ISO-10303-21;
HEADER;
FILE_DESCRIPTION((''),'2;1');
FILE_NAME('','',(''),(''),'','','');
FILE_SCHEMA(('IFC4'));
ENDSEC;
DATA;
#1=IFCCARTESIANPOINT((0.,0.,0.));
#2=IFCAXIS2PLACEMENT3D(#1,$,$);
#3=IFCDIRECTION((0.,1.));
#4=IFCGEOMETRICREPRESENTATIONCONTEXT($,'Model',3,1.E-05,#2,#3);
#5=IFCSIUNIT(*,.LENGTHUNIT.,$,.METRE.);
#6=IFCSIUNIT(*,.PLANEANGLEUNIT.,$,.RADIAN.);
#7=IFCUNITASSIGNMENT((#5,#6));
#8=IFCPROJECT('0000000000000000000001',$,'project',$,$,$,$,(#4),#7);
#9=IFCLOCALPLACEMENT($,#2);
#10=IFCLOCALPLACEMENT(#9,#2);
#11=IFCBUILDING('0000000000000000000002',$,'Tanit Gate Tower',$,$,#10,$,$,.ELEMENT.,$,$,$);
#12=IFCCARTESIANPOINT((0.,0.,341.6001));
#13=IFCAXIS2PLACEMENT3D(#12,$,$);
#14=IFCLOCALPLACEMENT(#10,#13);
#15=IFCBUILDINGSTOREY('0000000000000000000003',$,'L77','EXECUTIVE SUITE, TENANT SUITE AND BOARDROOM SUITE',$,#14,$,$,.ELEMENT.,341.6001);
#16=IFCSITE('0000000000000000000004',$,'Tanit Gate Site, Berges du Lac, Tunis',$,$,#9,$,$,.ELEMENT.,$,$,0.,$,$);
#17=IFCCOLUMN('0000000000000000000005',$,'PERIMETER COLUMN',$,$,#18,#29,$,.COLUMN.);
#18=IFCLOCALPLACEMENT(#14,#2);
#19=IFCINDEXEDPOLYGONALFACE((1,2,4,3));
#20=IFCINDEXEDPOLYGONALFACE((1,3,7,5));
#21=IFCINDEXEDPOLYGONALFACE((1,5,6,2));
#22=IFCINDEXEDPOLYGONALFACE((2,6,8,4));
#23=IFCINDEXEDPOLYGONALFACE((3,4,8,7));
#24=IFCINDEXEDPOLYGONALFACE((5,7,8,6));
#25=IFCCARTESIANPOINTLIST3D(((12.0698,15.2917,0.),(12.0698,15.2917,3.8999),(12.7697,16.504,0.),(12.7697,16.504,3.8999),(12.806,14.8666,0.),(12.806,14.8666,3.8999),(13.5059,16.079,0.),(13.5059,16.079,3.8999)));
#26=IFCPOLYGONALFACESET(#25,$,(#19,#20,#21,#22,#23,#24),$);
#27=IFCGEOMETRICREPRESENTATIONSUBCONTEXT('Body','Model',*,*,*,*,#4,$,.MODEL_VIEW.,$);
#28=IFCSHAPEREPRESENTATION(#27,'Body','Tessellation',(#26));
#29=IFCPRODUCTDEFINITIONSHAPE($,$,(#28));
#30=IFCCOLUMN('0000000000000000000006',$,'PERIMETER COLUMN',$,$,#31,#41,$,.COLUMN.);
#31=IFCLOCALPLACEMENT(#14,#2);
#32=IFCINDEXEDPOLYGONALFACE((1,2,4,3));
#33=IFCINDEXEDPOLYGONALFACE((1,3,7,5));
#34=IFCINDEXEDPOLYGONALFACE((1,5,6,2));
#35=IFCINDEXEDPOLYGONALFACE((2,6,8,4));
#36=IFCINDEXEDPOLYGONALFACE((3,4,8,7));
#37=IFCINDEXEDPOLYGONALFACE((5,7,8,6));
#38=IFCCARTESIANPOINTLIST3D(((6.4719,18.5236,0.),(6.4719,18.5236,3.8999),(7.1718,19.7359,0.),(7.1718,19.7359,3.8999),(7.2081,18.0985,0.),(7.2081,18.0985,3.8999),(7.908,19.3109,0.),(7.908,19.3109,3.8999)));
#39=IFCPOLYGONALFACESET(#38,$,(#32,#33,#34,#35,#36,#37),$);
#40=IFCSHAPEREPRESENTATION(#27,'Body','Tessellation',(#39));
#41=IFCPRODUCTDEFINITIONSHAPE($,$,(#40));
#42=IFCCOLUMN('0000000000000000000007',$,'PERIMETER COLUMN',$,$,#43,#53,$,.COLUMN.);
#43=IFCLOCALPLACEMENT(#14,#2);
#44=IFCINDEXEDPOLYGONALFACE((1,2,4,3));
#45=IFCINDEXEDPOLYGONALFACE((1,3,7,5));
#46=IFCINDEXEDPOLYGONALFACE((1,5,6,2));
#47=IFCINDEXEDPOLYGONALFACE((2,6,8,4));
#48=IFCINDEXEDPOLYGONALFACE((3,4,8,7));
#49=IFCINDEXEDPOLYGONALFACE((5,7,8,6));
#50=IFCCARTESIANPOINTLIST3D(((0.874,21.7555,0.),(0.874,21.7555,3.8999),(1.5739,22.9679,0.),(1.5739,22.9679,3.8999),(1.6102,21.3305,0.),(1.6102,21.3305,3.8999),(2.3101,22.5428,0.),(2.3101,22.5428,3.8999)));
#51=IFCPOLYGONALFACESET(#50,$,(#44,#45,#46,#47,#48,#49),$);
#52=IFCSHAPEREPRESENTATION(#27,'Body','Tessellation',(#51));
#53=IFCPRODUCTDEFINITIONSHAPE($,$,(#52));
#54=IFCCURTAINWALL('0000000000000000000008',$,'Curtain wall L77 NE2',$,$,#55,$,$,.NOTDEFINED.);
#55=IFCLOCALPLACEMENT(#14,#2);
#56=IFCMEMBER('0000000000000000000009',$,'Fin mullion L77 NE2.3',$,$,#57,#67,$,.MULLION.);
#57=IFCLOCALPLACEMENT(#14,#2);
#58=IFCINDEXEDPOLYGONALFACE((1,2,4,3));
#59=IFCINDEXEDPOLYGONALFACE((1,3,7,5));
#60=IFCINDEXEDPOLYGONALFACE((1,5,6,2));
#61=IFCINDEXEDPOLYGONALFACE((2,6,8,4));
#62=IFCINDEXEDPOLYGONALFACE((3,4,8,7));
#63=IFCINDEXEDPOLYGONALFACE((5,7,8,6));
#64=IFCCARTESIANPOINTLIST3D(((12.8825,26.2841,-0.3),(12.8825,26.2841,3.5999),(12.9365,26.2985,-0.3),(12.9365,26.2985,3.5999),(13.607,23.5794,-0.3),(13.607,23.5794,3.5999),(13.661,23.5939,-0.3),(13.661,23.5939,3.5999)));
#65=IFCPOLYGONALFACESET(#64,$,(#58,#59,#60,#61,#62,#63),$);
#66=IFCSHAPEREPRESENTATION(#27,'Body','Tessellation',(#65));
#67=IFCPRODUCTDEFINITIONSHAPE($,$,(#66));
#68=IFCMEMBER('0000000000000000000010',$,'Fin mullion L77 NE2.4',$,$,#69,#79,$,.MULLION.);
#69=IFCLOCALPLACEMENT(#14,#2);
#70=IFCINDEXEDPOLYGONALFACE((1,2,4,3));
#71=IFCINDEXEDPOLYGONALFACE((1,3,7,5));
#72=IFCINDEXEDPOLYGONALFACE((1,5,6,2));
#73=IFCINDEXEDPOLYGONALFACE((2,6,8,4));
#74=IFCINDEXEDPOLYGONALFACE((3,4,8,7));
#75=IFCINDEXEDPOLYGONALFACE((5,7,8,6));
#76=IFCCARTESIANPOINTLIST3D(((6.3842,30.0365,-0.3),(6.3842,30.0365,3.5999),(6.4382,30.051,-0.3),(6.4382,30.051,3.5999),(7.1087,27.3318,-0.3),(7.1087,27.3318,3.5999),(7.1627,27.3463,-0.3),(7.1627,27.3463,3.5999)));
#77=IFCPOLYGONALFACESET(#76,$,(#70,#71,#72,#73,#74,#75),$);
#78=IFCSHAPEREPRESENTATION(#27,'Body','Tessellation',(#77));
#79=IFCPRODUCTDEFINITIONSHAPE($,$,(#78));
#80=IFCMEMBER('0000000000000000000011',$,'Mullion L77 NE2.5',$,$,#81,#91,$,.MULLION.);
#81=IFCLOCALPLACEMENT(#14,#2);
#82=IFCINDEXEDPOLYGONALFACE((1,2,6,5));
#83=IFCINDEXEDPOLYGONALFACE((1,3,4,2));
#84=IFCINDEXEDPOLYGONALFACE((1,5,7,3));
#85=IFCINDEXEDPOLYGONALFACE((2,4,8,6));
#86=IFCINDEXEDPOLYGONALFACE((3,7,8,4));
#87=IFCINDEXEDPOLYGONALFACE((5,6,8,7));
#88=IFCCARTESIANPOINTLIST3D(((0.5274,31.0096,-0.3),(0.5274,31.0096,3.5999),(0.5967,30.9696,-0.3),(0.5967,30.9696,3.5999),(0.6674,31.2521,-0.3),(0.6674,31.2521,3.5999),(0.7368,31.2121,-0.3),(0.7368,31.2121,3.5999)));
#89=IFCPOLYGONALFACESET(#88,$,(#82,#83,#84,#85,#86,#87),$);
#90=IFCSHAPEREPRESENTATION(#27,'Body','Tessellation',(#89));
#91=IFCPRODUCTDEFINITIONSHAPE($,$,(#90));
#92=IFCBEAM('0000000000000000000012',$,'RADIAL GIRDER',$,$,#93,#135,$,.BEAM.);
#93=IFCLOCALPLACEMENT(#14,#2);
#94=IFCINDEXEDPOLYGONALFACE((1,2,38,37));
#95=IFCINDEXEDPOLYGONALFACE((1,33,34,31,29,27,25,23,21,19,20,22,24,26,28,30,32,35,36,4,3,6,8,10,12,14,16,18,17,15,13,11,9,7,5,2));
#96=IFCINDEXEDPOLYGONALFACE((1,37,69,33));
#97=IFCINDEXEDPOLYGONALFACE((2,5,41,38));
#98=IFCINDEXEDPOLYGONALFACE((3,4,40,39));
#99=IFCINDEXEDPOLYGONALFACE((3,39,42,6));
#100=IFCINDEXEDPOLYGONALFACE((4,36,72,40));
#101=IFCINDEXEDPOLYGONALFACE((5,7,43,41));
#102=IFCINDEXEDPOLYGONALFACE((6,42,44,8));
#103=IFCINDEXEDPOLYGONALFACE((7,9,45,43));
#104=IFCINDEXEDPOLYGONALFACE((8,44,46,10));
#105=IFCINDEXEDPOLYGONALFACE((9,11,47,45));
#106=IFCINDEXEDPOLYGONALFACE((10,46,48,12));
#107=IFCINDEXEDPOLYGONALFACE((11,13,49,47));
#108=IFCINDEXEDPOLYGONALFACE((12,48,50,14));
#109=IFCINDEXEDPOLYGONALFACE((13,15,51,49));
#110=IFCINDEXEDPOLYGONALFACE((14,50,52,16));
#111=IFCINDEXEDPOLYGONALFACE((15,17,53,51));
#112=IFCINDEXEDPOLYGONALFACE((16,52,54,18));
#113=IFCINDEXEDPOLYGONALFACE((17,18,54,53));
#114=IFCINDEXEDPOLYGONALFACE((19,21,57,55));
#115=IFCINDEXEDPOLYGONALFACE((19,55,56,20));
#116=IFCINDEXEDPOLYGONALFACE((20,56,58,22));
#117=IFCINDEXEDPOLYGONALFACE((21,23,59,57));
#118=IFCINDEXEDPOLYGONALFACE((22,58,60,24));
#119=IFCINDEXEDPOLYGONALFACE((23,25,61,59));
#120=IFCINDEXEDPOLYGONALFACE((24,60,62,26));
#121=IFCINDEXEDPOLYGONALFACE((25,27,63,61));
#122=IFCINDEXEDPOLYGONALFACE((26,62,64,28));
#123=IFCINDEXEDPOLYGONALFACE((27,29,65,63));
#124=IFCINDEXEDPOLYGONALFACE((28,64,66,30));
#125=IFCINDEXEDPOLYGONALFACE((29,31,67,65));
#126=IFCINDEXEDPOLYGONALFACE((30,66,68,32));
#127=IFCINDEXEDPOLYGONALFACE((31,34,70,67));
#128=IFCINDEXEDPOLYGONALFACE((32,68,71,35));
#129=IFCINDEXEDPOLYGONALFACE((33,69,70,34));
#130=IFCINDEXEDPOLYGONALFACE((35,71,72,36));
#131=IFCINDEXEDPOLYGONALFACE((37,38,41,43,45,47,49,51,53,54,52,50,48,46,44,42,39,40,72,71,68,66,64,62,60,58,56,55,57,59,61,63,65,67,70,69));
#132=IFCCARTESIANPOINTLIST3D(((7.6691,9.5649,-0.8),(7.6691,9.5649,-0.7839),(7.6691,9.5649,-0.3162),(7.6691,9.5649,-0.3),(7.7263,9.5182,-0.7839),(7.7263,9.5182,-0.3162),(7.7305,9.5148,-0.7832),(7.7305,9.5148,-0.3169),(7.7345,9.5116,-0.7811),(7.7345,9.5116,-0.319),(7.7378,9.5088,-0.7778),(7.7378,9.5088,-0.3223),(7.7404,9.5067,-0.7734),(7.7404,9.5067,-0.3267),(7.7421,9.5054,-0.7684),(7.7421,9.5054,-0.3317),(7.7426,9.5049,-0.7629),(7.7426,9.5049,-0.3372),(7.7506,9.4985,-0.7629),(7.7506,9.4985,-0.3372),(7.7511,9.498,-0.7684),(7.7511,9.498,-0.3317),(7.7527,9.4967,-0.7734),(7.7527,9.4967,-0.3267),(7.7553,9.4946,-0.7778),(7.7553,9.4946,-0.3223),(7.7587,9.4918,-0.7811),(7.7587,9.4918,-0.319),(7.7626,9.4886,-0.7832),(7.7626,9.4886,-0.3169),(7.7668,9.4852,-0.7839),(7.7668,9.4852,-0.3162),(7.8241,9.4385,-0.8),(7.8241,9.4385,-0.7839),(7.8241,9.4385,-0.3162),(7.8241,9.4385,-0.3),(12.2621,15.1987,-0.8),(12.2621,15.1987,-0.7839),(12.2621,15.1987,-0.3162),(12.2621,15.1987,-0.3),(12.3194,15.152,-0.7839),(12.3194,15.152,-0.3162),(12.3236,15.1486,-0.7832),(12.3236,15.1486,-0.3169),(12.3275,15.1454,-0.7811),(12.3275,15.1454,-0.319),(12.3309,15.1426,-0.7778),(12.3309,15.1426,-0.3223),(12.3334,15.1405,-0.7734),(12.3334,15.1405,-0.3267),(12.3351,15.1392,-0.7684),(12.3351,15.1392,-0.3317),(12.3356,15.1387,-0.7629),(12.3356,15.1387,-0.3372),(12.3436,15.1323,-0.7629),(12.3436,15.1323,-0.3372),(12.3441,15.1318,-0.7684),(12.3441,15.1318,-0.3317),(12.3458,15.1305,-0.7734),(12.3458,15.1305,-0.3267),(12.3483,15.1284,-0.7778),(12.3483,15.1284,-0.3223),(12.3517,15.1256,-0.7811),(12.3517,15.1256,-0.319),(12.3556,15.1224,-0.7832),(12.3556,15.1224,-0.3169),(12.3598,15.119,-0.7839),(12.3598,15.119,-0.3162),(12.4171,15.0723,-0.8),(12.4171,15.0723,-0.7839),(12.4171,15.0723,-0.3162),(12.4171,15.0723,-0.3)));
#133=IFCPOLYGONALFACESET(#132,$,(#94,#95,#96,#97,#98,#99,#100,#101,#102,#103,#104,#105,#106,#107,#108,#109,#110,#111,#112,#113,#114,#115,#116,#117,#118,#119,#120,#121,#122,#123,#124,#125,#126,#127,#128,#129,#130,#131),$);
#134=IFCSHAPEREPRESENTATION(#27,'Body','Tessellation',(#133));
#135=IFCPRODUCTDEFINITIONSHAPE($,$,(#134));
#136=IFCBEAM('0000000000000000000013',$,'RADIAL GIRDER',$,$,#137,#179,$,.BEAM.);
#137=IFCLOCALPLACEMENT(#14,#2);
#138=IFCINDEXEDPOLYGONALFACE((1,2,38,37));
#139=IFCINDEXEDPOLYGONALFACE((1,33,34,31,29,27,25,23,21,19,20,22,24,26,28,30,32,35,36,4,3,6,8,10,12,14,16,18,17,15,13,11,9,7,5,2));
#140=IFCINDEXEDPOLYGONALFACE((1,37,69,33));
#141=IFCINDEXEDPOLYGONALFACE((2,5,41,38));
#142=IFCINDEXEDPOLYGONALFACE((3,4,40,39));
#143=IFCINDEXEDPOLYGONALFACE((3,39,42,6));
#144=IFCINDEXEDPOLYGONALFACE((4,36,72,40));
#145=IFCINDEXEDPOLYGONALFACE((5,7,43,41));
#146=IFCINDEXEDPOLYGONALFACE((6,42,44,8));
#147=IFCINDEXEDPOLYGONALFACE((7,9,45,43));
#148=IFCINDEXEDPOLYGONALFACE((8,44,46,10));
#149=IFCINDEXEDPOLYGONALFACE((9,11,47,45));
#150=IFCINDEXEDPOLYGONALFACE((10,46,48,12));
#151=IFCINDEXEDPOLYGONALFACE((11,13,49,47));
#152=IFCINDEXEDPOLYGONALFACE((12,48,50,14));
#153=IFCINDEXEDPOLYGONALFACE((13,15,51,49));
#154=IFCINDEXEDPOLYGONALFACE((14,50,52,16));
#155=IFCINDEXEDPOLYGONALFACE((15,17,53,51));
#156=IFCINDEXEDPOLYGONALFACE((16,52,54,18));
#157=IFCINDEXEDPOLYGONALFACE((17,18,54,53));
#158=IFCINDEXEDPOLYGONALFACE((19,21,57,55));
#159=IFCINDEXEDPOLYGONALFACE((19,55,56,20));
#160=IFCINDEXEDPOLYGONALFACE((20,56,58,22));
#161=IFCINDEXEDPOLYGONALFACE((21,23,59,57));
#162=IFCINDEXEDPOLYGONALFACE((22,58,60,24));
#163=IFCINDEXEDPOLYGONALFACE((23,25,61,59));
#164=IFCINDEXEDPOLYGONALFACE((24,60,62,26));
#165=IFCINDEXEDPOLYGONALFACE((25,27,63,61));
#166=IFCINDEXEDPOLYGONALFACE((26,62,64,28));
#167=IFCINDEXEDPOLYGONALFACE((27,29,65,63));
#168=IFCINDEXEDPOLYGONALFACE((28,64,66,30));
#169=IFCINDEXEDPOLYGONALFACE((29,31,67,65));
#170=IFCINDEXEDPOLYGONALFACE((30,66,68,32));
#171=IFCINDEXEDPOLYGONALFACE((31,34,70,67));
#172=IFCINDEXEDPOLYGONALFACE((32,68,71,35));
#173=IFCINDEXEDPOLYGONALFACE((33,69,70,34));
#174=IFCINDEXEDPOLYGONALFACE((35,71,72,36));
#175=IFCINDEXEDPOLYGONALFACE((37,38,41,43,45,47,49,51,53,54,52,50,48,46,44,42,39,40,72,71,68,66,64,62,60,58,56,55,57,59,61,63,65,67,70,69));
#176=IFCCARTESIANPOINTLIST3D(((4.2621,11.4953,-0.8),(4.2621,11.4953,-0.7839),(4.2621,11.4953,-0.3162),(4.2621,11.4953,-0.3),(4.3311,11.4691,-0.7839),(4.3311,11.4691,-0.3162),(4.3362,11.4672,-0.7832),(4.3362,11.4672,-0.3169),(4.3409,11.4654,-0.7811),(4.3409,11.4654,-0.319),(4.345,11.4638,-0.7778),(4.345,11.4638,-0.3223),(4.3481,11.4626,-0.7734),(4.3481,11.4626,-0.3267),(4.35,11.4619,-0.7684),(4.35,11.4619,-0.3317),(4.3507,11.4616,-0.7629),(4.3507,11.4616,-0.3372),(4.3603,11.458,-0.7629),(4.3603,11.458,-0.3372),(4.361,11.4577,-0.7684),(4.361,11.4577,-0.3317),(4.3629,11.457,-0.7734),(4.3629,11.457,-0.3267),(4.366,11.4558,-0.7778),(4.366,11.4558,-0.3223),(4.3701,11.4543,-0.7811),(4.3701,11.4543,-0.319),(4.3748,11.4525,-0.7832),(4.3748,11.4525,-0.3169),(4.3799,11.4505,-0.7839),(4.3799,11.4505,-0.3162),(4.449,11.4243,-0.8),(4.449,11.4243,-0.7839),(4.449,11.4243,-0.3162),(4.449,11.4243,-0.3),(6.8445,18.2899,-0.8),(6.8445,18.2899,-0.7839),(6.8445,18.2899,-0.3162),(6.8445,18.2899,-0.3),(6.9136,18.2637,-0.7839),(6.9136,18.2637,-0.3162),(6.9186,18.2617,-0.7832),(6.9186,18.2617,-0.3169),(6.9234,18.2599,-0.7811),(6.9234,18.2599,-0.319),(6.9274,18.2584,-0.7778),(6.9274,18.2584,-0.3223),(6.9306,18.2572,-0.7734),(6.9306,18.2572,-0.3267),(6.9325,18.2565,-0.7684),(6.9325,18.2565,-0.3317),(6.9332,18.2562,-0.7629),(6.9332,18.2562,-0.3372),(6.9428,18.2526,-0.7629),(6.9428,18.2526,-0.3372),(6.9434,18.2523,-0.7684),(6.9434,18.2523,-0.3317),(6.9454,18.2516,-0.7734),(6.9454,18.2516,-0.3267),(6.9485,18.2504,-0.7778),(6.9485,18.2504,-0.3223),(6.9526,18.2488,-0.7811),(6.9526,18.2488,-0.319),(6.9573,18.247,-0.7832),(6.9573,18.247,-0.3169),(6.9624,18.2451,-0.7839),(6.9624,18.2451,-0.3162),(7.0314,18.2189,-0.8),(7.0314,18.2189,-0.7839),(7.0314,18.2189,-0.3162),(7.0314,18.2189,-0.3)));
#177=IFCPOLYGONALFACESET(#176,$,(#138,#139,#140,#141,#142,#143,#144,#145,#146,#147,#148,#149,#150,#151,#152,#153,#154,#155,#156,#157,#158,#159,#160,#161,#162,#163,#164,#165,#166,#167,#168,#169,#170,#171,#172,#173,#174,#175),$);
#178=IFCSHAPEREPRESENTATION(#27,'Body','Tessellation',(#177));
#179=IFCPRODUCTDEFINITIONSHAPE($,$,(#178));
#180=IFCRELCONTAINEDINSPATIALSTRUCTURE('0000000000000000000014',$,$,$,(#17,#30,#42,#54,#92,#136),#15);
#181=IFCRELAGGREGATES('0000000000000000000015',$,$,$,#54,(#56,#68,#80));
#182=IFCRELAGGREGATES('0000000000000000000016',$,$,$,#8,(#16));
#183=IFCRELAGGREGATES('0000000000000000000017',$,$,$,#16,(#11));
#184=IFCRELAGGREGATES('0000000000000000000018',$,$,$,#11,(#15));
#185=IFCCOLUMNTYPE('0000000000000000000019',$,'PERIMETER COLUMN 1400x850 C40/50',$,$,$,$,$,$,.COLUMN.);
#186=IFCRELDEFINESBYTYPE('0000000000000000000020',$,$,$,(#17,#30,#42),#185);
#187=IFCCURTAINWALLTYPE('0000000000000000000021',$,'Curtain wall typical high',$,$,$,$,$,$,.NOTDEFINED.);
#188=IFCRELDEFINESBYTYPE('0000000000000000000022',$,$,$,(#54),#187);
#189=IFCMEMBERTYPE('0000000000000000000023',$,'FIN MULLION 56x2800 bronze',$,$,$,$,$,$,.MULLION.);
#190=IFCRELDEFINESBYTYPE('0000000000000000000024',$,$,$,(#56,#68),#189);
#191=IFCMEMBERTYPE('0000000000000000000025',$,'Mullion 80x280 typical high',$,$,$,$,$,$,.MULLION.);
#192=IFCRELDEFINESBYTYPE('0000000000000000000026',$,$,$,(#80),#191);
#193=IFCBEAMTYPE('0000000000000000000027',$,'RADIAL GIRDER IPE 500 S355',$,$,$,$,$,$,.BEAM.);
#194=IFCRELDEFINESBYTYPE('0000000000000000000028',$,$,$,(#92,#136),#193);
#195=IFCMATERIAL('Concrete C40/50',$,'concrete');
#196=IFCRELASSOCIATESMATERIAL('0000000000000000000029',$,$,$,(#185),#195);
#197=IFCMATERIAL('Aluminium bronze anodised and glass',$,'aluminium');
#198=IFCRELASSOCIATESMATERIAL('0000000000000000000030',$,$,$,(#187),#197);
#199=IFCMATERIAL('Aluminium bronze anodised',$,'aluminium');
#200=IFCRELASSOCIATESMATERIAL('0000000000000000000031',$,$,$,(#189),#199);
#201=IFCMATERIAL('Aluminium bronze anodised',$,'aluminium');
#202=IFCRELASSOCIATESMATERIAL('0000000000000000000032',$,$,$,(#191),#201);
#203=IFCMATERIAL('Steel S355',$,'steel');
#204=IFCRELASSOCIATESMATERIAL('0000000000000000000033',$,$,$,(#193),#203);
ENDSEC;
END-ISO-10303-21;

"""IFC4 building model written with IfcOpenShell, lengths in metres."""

from ifc_helpers import new_model, si_unit, direction, frame, origin, origin_2d, place, context, subcontext, project, spatial, rectangle, i_section, extrude, material, material_profile, profile_set, type_object, element, aggregate, save


model = new_model("IFC4")

# Units and contexts
model_context = context("Model", 3, precision=1e-05, world=origin(), true_north=direction((0.0, 1.0)))
body_context = subcontext(model_context, "Body", "Model", "MODEL_VIEW")
ifc_project = project(units=[si_unit("LENGTHUNIT", "METRE"), si_unit("PLANEANGLEUNIT", "RADIAN")], contexts=[model_context])

# Site, building, storey
site_placement = place(None, origin())
site = spatial("IfcSite", under=ifc_project, at=site_placement, Name="Tanit Gate Site, Berges du Lac, Tunis", CompositionType="ELEMENT", RefElevation=0.0)
building_placement = place(site_placement, origin())
building = spatial("IfcBuilding", under=site, at=building_placement, Name="Tanit Gate Tower", CompositionType="ELEMENT")
storey_placement = place(building_placement, frame((0.0, 0.0, 341.6001)))
storey = spatial("IfcBuildingStorey", under=building, at=storey_placement, Name="L77", Description="EXECUTIVE SUITE, TENANT SUITE AND BOARDROOM SUITE", CompositionType="ELEMENT", Elevation=341.6001)

# Columns
ifc_material_1 = material(Name="Concrete C40/50", Category="concrete")
ifc_material_profile_1 = material_profile(ifc_material_1, rectangle(XDim=1.3999, YDim=0.8501, at=origin_2d()), Name="RC 1400x850")
ifc_profile_set_1 = profile_set([ifc_material_profile_1], Name="Concrete C40/50")
column_type = type_object("IfcColumnType", Name="PERIMETER COLUMN 1400x850 C40/50", PredefinedType="COLUMN", material=ifc_profile_set_1)
for number, where, z_axis, x_axis, name in (
    (1, (12.7878, 15.6853, 0.0), (0.0, 0.0, 1.0), (0.5, 0.866025, 0.0), "PERIMETER COLUMN"),
    (2, (7.1899, 18.9172, 0.0), (0.0, 0.0, 1.0), (0.5, 0.866025, 0.0), "PERIMETER COLUMN"),
    (3, (1.592, 22.1492, 0.0), (0.0, 0.0, 1.0), (0.5, 0.866025, 0.0), "PERIMETER COLUMN"),
):
    element("IfcColumn", number, at=place(storey_placement, frame(where, z_axis=z_axis, x_axis=x_axis)), inside=storey, type_object=column_type, Name=name, PredefinedType="COLUMN", context=body_context, shape_type="SweptSolid", body=[
        extrude(rectangle(XDim=1.3999, YDim=0.8501, at=origin_2d()), origin(), (0.0, 0.0, 1.0), 3.8999),
    ])

# Curtain wall, members
ifc_material_2 = material(Name="Aluminium bronze anodised and glass", Category="aluminium")
curtain_wall_type = type_object("IfcCurtainWallType", Name="Curtain wall typical high", PredefinedType="NOTDEFINED", material=ifc_material_2)
curtain_wall_1_placement = place(storey_placement, origin())
curtain_wall_1 = element("IfcCurtainWall", 4, at=curtain_wall_1_placement, inside=storey, type_object=curtain_wall_type, Name="Curtain wall L77 NE2", PredefinedType="NOTDEFINED")
ifc_material_3 = material(Name="Aluminium bronze anodised", Category="aluminium")
ifc_material_profile_2 = material_profile(ifc_material_3, rectangle(XDim=2.8, YDim=0.0559, at=origin_2d()), Name="56x2800 bronze fin mullion")
ifc_profile_set_2 = profile_set([ifc_material_profile_2], Name="Aluminium bronze anodised")
member_type_1 = type_object("IfcMemberType", Name="FIN MULLION 56x2800 bronze", PredefinedType="MULLION", material=ifc_profile_set_2)
member_1_placement = place(storey_placement, frame((13.2717, 24.939, -0.3), z_axis=(0.0, 0.0, 1.0), x_axis=(0.258752, -0.965944, 0.0)))
member_1 = element("IfcMember", 5, at=member_1_placement, type_object=member_type_1, Name="Fin mullion L77 NE2.3", PredefinedType="MULLION", context=body_context, shape_type="SweptSolid", body=[
    extrude(rectangle(XDim=2.8, YDim=0.0559, at=origin_2d()), origin(), (0.0, 0.0, 1.0), 3.8999),
])
member_2_placement = place(storey_placement, frame((6.7734, 28.6914, -0.3), z_axis=(0.0, 0.0, 1.0), x_axis=(0.258752, -0.965944, 0.0)))
member_2 = element("IfcMember", 6, at=member_2_placement, type_object=member_type_1, Name="Fin mullion L77 NE2.4", PredefinedType="MULLION", context=body_context, shape_type="SweptSolid", body=[
    extrude(rectangle(XDim=2.8, YDim=0.0559, at=origin_2d()), origin(), (0.0, 0.0, 1.0), 3.8999),
])
ifc_material_4 = material(Name="Aluminium bronze anodised", Category="aluminium")
ifc_material_profile_3 = material_profile(ifc_material_4, rectangle(XDim=0.28, YDim=0.0801, at=origin_2d()), Name="80x280 bronze mullion")
ifc_profile_set_3 = profile_set([ifc_material_profile_3], Name="Aluminium bronze anodised")
member_type_2 = type_object("IfcMemberType", Name="Mullion 80x280 typical high", PredefinedType="MULLION", material=ifc_profile_set_3)
member_3_placement = place(storey_placement, frame((0.6321, 31.1108, -0.3), z_axis=(0.0, 0.0, 1.0), x_axis=(-0.50006, -0.865991, 0.0)))
member_3 = element("IfcMember", 7, at=member_3_placement, type_object=member_type_2, Name="Mullion L77 NE2.5", PredefinedType="MULLION", context=body_context, shape_type="SweptSolid", body=[
    extrude(rectangle(XDim=0.28, YDim=0.0801, at=origin_2d()), origin(), (0.0, 0.0, 1.0), 3.8999),
])

# Beams
ifc_material_5 = material(Name="Steel S355", Category="steel")
ifc_material_profile_4 = material_profile(ifc_material_5, i_section(OverallWidth=0.2, OverallDepth=0.5, WebThickness=0.0103, FlangeThickness=0.0161, FilletRadius=0.021, at=origin_2d()), Name="IPE 500")
ifc_profile_set_4 = profile_set([ifc_material_profile_4], Name="Steel S355")
beam_type = type_object("IfcBeamType", Name="RADIAL GIRDER IPE 500 S355", PredefinedType="BEAM", material=ifc_profile_set_4)
for number, where, z_axis, x_axis, name in (
    (8, (12.3396, 15.1355, -0.55), (-0.631882, -0.775065, 0.0), (0.775065, -0.631882, 0.0), "RADIAL GIRDER"),
    (9, (6.938, 18.2544, -0.55), (-0.355283, -0.934759, 0.0), (0.934759, -0.355283, 0.0), "RADIAL GIRDER"),
):
    element("IfcBeam", number, at=place(storey_placement, frame(where, z_axis=z_axis, x_axis=x_axis)), inside=storey, type_object=beam_type, Name=name, PredefinedType="BEAM", context=body_context, shape_type="SweptSolid", body=[
        extrude(i_section(OverallWidth=0.2, OverallDepth=0.5, WebThickness=0.0103, FlangeThickness=0.0161, FilletRadius=0.021, at=origin_2d()), origin(), (0.0, 0.0, 1.0), 7.2688),
    ])

aggregate(curtain_wall_1, [member_1, member_2, member_3])

save(model, "model.ifc")
